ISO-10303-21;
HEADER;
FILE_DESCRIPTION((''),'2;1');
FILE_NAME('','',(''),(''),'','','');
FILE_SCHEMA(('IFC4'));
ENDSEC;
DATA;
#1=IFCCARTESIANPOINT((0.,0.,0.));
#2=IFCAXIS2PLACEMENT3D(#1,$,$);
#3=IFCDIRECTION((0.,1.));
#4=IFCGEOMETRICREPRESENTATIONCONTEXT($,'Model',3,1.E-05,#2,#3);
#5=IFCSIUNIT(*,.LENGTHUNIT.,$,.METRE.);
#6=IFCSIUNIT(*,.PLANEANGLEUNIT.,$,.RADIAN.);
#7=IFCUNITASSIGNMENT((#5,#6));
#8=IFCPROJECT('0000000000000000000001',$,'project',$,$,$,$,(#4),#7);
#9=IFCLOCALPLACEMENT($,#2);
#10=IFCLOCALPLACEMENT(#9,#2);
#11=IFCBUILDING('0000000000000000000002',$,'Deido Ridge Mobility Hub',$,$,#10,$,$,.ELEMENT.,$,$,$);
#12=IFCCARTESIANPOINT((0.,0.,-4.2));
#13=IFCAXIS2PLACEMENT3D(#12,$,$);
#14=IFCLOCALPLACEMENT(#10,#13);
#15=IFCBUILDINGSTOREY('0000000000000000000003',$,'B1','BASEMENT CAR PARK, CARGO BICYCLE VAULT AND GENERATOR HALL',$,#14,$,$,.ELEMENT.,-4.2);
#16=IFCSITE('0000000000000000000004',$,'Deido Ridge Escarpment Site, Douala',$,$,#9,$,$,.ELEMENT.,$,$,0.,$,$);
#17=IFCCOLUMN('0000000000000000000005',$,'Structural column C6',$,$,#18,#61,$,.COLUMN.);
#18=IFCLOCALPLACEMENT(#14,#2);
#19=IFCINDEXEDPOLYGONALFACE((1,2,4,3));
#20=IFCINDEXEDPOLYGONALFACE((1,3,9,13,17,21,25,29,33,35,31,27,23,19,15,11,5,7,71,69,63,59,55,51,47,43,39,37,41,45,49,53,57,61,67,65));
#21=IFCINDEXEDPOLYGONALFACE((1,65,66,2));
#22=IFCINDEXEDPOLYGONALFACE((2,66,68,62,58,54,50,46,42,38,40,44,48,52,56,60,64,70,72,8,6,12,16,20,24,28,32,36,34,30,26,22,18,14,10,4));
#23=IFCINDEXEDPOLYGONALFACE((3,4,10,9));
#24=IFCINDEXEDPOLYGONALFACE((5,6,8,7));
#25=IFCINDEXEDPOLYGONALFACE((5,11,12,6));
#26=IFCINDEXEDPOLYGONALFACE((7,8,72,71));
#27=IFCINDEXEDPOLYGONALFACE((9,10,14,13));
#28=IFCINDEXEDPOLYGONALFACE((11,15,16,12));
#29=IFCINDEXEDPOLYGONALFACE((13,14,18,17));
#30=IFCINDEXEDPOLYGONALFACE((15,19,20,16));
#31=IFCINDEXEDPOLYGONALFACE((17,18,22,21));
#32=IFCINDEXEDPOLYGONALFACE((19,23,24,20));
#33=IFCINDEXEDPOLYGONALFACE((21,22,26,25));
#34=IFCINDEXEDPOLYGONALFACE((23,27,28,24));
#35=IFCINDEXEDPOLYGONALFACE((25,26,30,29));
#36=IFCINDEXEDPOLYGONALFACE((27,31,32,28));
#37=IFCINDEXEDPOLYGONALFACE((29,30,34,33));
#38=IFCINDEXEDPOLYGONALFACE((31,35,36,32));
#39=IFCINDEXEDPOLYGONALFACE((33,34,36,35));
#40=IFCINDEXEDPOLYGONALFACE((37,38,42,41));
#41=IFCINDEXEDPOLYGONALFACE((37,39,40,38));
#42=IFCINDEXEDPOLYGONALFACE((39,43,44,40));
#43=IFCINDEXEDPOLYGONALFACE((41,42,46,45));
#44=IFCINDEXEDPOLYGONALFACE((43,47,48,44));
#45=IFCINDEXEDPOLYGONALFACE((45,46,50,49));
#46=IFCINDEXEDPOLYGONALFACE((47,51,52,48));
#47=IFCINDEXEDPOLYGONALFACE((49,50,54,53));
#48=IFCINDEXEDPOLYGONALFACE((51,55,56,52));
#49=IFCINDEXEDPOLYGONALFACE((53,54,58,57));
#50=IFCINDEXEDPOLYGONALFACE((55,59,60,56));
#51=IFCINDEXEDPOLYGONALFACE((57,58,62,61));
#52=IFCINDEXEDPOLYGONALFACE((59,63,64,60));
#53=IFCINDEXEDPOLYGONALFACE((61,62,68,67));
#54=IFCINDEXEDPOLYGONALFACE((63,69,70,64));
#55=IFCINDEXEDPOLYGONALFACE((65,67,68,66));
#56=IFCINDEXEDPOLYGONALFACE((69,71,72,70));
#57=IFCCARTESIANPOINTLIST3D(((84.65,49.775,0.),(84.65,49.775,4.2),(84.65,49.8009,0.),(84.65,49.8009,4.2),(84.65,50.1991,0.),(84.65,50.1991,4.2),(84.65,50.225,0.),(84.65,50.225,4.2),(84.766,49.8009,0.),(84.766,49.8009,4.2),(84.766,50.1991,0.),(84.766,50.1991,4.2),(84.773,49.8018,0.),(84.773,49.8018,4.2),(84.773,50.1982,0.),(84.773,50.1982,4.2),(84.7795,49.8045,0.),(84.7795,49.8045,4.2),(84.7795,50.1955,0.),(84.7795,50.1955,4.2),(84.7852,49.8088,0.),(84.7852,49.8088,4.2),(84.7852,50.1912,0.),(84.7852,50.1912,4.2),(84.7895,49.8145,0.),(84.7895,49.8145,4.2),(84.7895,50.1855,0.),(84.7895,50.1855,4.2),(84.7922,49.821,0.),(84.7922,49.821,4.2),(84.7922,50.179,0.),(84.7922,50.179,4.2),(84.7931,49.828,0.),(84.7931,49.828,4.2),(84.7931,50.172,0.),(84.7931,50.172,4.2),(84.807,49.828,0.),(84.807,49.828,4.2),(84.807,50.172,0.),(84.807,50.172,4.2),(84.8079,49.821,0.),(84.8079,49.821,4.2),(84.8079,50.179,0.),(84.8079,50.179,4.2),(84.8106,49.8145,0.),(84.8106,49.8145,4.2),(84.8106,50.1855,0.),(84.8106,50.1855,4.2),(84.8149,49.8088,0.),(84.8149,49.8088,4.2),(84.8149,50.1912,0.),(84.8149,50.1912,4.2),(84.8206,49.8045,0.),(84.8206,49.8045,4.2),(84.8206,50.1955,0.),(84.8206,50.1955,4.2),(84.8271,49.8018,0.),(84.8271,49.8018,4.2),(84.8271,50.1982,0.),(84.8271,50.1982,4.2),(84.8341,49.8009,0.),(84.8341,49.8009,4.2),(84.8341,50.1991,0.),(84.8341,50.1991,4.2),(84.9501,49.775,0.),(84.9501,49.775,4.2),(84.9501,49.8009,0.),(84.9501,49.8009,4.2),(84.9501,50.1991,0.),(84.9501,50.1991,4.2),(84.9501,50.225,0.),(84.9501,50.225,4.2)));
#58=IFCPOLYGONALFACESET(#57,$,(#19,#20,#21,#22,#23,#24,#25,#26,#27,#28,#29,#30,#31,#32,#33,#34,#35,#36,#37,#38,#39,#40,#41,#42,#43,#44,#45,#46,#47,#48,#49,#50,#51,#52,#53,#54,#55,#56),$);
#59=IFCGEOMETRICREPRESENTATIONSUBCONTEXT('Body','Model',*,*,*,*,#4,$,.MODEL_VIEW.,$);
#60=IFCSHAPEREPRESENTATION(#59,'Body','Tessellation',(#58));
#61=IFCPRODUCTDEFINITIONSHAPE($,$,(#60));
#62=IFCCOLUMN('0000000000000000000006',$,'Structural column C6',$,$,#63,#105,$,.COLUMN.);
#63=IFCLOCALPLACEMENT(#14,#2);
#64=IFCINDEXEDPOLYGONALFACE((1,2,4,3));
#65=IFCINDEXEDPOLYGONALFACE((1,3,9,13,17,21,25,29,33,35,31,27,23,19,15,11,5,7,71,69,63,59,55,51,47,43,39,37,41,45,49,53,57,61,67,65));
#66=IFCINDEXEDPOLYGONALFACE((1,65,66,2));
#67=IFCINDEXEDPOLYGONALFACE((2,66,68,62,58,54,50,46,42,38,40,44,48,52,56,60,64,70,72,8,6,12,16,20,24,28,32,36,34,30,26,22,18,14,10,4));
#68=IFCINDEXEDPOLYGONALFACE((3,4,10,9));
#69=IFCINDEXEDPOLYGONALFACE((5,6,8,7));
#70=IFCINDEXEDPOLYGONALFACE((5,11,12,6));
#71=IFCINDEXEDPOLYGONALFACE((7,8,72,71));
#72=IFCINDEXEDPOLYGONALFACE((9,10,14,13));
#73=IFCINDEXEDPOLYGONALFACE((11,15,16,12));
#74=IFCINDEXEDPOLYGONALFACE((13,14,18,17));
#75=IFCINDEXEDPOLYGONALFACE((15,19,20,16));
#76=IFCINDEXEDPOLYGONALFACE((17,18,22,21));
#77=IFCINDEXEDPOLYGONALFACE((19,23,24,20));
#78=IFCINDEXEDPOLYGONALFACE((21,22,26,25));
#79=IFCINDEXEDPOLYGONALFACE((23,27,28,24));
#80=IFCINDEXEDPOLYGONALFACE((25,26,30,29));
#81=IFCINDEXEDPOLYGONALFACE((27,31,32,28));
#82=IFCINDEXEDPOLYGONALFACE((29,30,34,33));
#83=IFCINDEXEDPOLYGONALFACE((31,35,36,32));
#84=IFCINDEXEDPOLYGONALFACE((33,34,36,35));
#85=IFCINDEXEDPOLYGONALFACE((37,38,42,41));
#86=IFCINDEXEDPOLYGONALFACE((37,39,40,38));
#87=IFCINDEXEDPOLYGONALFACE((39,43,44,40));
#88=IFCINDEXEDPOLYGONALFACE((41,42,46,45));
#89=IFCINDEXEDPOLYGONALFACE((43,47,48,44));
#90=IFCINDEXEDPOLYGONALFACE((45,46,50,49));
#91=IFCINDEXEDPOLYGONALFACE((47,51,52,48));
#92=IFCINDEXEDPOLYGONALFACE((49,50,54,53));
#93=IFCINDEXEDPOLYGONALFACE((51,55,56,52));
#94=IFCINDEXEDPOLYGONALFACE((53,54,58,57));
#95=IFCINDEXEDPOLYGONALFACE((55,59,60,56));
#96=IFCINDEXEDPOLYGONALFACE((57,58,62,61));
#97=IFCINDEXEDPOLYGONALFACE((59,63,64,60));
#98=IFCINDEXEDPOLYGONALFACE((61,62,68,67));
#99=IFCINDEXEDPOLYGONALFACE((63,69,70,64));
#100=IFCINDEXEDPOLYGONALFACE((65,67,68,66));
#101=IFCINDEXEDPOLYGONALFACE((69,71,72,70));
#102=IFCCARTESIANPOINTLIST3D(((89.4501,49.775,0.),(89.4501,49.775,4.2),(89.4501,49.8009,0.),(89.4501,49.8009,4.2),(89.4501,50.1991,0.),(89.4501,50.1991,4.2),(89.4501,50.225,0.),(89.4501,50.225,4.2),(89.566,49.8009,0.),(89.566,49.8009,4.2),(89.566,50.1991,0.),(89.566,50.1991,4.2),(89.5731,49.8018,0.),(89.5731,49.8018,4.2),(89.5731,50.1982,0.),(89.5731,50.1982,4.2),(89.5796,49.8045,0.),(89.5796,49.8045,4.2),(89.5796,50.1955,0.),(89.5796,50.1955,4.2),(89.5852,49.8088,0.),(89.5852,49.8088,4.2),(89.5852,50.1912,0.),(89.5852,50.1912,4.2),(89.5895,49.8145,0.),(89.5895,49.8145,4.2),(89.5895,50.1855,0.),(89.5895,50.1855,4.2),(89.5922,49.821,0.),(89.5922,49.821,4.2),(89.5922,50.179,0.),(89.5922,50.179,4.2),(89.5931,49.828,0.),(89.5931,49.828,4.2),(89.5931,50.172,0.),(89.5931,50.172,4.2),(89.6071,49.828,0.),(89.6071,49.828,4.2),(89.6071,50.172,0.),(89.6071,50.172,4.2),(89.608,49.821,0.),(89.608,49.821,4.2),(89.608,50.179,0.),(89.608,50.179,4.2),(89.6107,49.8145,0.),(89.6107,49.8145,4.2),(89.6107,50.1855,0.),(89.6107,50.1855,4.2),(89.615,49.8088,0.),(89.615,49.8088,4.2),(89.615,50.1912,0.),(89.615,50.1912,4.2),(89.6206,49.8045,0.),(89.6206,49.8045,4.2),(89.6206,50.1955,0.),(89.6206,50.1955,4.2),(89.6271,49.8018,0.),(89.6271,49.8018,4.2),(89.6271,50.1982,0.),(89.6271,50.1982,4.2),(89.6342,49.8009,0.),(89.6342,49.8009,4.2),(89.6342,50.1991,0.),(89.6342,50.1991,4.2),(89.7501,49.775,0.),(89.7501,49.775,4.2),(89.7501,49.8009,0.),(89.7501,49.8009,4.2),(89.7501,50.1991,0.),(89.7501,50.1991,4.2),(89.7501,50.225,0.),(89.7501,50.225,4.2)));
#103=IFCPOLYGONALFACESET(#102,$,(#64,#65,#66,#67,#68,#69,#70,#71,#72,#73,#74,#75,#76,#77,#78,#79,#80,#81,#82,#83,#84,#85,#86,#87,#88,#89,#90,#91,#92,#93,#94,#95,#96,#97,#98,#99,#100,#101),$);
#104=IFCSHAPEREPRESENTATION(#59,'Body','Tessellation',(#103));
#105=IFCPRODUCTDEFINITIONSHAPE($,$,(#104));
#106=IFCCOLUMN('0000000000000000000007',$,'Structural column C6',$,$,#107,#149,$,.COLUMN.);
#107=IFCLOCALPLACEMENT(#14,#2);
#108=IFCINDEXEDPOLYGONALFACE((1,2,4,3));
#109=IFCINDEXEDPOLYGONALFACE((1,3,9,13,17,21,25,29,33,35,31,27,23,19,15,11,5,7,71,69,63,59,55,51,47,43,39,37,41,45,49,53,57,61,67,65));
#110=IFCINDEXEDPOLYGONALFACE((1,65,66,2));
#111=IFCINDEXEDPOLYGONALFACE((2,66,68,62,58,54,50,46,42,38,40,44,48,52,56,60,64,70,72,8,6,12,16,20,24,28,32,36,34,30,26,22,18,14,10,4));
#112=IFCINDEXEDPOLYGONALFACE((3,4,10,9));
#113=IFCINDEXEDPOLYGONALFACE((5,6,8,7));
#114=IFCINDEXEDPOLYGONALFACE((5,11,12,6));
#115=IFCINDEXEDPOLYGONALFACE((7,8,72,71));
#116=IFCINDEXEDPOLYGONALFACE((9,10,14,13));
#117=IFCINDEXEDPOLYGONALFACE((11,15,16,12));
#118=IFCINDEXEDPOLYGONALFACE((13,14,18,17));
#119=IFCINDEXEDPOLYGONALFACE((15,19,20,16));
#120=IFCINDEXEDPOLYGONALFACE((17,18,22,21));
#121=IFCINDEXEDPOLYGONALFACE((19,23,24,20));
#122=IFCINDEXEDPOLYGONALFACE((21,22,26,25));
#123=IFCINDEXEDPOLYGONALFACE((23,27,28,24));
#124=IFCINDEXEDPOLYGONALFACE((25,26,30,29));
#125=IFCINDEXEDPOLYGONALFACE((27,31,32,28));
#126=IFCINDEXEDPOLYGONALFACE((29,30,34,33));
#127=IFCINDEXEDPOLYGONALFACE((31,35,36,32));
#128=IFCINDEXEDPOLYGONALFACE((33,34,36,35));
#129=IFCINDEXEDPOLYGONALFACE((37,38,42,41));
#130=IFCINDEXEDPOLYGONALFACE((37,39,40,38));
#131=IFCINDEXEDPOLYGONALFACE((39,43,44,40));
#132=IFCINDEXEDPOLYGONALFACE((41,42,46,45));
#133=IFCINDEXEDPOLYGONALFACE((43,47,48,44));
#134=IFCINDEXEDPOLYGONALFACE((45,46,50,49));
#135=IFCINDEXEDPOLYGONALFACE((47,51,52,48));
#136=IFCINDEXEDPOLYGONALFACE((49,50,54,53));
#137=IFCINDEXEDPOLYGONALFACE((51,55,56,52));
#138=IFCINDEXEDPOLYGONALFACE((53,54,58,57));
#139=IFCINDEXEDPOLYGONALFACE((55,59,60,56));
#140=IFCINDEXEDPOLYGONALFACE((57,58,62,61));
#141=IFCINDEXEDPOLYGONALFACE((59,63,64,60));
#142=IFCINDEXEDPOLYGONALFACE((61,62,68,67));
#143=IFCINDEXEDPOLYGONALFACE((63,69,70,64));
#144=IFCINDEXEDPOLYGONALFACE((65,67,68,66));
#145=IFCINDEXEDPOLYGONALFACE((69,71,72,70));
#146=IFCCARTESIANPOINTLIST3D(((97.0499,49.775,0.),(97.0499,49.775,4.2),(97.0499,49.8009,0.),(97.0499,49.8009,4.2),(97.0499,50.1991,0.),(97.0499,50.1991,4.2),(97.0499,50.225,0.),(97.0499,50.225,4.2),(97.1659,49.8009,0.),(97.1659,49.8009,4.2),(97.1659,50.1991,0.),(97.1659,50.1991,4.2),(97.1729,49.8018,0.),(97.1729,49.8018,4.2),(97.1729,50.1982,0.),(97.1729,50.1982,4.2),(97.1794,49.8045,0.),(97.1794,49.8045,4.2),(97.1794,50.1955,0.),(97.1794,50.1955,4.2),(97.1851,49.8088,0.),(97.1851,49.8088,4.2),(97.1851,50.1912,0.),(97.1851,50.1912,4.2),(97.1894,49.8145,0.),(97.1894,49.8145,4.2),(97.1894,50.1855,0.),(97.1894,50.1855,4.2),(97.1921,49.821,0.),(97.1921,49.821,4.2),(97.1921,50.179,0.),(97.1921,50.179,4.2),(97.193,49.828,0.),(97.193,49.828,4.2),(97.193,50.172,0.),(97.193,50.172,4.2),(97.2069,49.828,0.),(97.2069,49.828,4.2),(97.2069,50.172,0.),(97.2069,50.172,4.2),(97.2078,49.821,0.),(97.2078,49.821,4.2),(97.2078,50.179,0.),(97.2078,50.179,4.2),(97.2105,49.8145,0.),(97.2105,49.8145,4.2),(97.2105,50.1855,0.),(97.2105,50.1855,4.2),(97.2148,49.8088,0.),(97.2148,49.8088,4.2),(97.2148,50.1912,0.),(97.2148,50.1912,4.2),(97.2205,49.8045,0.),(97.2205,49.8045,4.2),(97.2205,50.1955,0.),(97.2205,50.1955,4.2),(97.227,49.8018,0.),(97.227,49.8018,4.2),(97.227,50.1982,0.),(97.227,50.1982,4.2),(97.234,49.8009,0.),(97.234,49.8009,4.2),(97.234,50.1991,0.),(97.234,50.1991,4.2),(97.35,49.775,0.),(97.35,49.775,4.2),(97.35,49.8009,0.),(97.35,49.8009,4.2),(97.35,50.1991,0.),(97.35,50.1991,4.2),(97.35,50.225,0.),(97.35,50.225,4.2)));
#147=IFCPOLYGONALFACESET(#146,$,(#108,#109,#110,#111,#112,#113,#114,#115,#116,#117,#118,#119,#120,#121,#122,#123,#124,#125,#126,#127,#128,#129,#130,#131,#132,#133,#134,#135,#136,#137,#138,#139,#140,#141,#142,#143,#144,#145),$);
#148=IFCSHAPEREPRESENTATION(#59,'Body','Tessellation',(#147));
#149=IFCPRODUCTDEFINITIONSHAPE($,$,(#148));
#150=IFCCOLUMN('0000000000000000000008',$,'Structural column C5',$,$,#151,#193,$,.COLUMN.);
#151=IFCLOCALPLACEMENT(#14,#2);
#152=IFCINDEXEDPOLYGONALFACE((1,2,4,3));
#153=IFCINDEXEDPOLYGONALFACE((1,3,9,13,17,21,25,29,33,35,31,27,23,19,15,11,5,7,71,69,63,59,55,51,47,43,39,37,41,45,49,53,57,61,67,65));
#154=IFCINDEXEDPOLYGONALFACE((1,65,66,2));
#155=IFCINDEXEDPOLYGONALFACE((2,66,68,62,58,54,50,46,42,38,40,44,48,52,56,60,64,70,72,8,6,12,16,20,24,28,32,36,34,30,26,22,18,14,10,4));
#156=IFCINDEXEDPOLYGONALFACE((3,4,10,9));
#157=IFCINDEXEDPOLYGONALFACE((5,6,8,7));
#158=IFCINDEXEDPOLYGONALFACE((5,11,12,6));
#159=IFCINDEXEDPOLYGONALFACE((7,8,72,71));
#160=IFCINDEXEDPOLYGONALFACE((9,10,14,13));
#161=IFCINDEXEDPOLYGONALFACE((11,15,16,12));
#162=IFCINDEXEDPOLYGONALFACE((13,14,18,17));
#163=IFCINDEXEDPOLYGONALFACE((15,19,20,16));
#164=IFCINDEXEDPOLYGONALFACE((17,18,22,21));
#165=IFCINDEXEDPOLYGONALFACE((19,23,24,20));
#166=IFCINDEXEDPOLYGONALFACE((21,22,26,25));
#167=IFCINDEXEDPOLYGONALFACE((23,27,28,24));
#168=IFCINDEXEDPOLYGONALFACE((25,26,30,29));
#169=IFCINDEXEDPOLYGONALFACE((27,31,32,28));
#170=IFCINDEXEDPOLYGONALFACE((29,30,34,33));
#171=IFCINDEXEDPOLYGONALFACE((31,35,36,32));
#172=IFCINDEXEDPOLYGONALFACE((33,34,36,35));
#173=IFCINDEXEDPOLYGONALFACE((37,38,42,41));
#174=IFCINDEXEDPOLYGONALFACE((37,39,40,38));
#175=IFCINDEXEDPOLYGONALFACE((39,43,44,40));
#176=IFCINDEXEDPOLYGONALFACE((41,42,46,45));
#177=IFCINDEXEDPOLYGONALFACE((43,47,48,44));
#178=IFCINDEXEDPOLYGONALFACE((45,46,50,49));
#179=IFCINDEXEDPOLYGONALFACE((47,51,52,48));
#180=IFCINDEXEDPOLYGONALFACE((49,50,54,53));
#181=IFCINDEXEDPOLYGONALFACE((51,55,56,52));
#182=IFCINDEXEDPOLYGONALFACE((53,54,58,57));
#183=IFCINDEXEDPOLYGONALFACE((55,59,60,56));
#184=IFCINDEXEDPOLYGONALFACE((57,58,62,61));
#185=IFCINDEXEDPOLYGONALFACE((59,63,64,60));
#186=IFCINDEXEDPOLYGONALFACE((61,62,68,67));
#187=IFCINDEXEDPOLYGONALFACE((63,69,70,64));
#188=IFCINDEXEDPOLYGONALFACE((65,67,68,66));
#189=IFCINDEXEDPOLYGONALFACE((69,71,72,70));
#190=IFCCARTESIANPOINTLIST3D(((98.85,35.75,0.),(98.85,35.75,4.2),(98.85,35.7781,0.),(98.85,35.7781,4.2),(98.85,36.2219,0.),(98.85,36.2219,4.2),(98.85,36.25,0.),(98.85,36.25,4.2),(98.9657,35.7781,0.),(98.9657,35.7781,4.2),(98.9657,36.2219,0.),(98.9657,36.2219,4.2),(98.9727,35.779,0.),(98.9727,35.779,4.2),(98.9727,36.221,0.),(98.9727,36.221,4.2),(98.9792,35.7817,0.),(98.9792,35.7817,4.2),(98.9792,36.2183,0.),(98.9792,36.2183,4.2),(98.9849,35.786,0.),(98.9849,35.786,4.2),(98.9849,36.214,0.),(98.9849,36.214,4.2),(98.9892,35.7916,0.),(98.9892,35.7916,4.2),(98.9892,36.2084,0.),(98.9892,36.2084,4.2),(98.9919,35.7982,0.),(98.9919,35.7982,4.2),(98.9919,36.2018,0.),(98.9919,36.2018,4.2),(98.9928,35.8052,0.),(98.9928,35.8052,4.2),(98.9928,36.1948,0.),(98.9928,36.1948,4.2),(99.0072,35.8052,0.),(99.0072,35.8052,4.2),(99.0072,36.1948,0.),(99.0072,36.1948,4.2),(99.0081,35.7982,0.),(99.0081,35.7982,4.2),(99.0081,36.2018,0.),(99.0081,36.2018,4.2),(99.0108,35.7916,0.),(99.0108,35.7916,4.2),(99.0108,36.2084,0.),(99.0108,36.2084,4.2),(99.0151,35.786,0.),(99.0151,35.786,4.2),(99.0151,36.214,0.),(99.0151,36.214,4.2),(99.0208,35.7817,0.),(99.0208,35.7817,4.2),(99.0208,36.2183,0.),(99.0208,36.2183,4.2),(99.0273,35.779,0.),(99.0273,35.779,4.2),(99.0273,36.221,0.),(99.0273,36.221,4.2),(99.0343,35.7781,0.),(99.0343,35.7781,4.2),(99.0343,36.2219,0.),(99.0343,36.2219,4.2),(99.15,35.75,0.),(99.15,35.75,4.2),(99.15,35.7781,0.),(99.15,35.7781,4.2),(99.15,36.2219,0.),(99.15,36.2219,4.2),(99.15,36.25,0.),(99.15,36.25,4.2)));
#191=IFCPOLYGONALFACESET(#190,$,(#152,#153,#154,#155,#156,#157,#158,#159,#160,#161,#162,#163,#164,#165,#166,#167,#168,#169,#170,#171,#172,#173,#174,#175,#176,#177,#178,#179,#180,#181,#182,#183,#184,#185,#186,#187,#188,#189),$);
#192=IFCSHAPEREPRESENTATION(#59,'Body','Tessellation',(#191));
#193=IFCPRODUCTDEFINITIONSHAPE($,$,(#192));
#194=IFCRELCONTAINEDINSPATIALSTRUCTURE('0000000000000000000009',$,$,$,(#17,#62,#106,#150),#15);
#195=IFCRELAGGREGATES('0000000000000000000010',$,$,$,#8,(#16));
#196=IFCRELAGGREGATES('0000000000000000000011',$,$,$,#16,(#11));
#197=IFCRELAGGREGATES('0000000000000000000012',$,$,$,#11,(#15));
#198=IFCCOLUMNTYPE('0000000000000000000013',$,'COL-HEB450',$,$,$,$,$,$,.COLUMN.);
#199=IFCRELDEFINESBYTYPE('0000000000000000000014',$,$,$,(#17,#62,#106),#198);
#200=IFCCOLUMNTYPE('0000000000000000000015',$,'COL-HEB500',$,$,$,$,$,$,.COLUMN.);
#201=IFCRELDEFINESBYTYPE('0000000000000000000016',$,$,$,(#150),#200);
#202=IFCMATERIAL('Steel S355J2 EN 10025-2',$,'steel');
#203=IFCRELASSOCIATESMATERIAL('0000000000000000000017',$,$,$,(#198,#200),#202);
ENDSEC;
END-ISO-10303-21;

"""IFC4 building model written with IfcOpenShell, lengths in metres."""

from ifc_helpers import new_model, si_unit, direction, frame, origin, origin_2d, place, context, subcontext, project, spatial, i_section, extrude, material, material_profile, profile_set, type_object, element, save


model = new_model("IFC4")

# Units and contexts
model_context = context("Model", 3, precision=1e-05, world=origin(), true_north=direction((0.0, 1.0)))
body_context = subcontext(model_context, "Body", "Model", "MODEL_VIEW")
ifc_project = project(units=[si_unit("LENGTHUNIT", "METRE"), si_unit("PLANEANGLEUNIT", "RADIAN")], contexts=[model_context])

# Site, building, storey
site_placement = place(None, origin())
site = spatial("IfcSite", under=ifc_project, at=site_placement, Name="Deido Ridge Escarpment Site, Douala", CompositionType="ELEMENT", RefElevation=0.0)
building_placement = place(site_placement, origin())
building = spatial("IfcBuilding", under=site, at=building_placement, Name="Deido Ridge Mobility Hub", CompositionType="ELEMENT")
storey_placement = place(building_placement, frame((0.0, 0.0, -4.2)))
storey = spatial("IfcBuildingStorey", under=building, at=storey_placement, Name="B1", Description="BASEMENT CAR PARK, CARGO BICYCLE VAULT AND GENERATOR HALL", CompositionType="ELEMENT", Elevation=-4.2)

# Columns
ifc_material_1 = material(Name="Steel S355J2 EN 10025-2", Category="steel")
ifc_material_profile_1 = material_profile(ifc_material_1, i_section(OverallWidth=0.3, OverallDepth=0.45, WebThickness=0.0139, FlangeThickness=0.0259, FilletRadius=0.0271, at=origin_2d()), Name="HEB 450")
ifc_profile_set_1 = profile_set([ifc_material_profile_1], Name="Steel S355J2 EN 10025-2")
column_type_1 = type_object("IfcColumnType", Name="COL-HEB450", PredefinedType="COLUMN", material=ifc_profile_set_1)
for number, where, z_axis, x_axis, name in (
    (1, (84.8, 50.0, 0.0), (0.0, 0.0, 1.0), (1.0, 0.0, 0.0), "Structural column C6"),
    (2, (89.6001, 50.0, 0.0), (0.0, 0.0, 1.0), (1.0, 0.0, 0.0), "Structural column C6"),
    (3, (97.2, 50.0, 0.0), (0.0, 0.0, 1.0), (1.0, 0.0, 0.0), "Structural column C6"),
):
    element("IfcColumn", number, at=place(storey_placement, frame(where, z_axis=z_axis, x_axis=x_axis)), inside=storey, type_object=column_type_1, Name=name, PredefinedType="COLUMN", context=body_context, shape_type="SweptSolid", body=[
        extrude(i_section(OverallWidth=0.3, OverallDepth=0.45, WebThickness=0.0139, FlangeThickness=0.0259, FilletRadius=0.0271, at=origin_2d()), origin(), (0.0, 0.0, 1.0), 4.2),
    ])
ifc_material_profile_2 = material_profile(ifc_material_1, i_section(OverallWidth=0.3, OverallDepth=0.5, WebThickness=0.0144, FlangeThickness=0.0281, FilletRadius=0.0271, at=origin_2d()), Name="HEB 500")
ifc_profile_set_2 = profile_set([ifc_material_profile_2], Name="Steel S355J2 EN 10025-2")
column_type_2 = type_object("IfcColumnType", Name="COL-HEB500", PredefinedType="COLUMN", material=ifc_profile_set_2)
column_placement = place(storey_placement, frame((99.0, 36.0, 0.0), z_axis=(0.0, 0.0, 1.0), x_axis=(1.0, 0.0, 0.0)))
element("IfcColumn", 4, at=column_placement, inside=storey, type_object=column_type_2, Name="Structural column C5", PredefinedType="COLUMN", context=body_context, shape_type="SweptSolid", body=[
    extrude(i_section(OverallWidth=0.3, OverallDepth=0.5, WebThickness=0.0144, FlangeThickness=0.0281, FilletRadius=0.0271, at=origin_2d()), origin(), (0.0, 0.0, 1.0), 4.2),
])

save(model, "model.ifc")
